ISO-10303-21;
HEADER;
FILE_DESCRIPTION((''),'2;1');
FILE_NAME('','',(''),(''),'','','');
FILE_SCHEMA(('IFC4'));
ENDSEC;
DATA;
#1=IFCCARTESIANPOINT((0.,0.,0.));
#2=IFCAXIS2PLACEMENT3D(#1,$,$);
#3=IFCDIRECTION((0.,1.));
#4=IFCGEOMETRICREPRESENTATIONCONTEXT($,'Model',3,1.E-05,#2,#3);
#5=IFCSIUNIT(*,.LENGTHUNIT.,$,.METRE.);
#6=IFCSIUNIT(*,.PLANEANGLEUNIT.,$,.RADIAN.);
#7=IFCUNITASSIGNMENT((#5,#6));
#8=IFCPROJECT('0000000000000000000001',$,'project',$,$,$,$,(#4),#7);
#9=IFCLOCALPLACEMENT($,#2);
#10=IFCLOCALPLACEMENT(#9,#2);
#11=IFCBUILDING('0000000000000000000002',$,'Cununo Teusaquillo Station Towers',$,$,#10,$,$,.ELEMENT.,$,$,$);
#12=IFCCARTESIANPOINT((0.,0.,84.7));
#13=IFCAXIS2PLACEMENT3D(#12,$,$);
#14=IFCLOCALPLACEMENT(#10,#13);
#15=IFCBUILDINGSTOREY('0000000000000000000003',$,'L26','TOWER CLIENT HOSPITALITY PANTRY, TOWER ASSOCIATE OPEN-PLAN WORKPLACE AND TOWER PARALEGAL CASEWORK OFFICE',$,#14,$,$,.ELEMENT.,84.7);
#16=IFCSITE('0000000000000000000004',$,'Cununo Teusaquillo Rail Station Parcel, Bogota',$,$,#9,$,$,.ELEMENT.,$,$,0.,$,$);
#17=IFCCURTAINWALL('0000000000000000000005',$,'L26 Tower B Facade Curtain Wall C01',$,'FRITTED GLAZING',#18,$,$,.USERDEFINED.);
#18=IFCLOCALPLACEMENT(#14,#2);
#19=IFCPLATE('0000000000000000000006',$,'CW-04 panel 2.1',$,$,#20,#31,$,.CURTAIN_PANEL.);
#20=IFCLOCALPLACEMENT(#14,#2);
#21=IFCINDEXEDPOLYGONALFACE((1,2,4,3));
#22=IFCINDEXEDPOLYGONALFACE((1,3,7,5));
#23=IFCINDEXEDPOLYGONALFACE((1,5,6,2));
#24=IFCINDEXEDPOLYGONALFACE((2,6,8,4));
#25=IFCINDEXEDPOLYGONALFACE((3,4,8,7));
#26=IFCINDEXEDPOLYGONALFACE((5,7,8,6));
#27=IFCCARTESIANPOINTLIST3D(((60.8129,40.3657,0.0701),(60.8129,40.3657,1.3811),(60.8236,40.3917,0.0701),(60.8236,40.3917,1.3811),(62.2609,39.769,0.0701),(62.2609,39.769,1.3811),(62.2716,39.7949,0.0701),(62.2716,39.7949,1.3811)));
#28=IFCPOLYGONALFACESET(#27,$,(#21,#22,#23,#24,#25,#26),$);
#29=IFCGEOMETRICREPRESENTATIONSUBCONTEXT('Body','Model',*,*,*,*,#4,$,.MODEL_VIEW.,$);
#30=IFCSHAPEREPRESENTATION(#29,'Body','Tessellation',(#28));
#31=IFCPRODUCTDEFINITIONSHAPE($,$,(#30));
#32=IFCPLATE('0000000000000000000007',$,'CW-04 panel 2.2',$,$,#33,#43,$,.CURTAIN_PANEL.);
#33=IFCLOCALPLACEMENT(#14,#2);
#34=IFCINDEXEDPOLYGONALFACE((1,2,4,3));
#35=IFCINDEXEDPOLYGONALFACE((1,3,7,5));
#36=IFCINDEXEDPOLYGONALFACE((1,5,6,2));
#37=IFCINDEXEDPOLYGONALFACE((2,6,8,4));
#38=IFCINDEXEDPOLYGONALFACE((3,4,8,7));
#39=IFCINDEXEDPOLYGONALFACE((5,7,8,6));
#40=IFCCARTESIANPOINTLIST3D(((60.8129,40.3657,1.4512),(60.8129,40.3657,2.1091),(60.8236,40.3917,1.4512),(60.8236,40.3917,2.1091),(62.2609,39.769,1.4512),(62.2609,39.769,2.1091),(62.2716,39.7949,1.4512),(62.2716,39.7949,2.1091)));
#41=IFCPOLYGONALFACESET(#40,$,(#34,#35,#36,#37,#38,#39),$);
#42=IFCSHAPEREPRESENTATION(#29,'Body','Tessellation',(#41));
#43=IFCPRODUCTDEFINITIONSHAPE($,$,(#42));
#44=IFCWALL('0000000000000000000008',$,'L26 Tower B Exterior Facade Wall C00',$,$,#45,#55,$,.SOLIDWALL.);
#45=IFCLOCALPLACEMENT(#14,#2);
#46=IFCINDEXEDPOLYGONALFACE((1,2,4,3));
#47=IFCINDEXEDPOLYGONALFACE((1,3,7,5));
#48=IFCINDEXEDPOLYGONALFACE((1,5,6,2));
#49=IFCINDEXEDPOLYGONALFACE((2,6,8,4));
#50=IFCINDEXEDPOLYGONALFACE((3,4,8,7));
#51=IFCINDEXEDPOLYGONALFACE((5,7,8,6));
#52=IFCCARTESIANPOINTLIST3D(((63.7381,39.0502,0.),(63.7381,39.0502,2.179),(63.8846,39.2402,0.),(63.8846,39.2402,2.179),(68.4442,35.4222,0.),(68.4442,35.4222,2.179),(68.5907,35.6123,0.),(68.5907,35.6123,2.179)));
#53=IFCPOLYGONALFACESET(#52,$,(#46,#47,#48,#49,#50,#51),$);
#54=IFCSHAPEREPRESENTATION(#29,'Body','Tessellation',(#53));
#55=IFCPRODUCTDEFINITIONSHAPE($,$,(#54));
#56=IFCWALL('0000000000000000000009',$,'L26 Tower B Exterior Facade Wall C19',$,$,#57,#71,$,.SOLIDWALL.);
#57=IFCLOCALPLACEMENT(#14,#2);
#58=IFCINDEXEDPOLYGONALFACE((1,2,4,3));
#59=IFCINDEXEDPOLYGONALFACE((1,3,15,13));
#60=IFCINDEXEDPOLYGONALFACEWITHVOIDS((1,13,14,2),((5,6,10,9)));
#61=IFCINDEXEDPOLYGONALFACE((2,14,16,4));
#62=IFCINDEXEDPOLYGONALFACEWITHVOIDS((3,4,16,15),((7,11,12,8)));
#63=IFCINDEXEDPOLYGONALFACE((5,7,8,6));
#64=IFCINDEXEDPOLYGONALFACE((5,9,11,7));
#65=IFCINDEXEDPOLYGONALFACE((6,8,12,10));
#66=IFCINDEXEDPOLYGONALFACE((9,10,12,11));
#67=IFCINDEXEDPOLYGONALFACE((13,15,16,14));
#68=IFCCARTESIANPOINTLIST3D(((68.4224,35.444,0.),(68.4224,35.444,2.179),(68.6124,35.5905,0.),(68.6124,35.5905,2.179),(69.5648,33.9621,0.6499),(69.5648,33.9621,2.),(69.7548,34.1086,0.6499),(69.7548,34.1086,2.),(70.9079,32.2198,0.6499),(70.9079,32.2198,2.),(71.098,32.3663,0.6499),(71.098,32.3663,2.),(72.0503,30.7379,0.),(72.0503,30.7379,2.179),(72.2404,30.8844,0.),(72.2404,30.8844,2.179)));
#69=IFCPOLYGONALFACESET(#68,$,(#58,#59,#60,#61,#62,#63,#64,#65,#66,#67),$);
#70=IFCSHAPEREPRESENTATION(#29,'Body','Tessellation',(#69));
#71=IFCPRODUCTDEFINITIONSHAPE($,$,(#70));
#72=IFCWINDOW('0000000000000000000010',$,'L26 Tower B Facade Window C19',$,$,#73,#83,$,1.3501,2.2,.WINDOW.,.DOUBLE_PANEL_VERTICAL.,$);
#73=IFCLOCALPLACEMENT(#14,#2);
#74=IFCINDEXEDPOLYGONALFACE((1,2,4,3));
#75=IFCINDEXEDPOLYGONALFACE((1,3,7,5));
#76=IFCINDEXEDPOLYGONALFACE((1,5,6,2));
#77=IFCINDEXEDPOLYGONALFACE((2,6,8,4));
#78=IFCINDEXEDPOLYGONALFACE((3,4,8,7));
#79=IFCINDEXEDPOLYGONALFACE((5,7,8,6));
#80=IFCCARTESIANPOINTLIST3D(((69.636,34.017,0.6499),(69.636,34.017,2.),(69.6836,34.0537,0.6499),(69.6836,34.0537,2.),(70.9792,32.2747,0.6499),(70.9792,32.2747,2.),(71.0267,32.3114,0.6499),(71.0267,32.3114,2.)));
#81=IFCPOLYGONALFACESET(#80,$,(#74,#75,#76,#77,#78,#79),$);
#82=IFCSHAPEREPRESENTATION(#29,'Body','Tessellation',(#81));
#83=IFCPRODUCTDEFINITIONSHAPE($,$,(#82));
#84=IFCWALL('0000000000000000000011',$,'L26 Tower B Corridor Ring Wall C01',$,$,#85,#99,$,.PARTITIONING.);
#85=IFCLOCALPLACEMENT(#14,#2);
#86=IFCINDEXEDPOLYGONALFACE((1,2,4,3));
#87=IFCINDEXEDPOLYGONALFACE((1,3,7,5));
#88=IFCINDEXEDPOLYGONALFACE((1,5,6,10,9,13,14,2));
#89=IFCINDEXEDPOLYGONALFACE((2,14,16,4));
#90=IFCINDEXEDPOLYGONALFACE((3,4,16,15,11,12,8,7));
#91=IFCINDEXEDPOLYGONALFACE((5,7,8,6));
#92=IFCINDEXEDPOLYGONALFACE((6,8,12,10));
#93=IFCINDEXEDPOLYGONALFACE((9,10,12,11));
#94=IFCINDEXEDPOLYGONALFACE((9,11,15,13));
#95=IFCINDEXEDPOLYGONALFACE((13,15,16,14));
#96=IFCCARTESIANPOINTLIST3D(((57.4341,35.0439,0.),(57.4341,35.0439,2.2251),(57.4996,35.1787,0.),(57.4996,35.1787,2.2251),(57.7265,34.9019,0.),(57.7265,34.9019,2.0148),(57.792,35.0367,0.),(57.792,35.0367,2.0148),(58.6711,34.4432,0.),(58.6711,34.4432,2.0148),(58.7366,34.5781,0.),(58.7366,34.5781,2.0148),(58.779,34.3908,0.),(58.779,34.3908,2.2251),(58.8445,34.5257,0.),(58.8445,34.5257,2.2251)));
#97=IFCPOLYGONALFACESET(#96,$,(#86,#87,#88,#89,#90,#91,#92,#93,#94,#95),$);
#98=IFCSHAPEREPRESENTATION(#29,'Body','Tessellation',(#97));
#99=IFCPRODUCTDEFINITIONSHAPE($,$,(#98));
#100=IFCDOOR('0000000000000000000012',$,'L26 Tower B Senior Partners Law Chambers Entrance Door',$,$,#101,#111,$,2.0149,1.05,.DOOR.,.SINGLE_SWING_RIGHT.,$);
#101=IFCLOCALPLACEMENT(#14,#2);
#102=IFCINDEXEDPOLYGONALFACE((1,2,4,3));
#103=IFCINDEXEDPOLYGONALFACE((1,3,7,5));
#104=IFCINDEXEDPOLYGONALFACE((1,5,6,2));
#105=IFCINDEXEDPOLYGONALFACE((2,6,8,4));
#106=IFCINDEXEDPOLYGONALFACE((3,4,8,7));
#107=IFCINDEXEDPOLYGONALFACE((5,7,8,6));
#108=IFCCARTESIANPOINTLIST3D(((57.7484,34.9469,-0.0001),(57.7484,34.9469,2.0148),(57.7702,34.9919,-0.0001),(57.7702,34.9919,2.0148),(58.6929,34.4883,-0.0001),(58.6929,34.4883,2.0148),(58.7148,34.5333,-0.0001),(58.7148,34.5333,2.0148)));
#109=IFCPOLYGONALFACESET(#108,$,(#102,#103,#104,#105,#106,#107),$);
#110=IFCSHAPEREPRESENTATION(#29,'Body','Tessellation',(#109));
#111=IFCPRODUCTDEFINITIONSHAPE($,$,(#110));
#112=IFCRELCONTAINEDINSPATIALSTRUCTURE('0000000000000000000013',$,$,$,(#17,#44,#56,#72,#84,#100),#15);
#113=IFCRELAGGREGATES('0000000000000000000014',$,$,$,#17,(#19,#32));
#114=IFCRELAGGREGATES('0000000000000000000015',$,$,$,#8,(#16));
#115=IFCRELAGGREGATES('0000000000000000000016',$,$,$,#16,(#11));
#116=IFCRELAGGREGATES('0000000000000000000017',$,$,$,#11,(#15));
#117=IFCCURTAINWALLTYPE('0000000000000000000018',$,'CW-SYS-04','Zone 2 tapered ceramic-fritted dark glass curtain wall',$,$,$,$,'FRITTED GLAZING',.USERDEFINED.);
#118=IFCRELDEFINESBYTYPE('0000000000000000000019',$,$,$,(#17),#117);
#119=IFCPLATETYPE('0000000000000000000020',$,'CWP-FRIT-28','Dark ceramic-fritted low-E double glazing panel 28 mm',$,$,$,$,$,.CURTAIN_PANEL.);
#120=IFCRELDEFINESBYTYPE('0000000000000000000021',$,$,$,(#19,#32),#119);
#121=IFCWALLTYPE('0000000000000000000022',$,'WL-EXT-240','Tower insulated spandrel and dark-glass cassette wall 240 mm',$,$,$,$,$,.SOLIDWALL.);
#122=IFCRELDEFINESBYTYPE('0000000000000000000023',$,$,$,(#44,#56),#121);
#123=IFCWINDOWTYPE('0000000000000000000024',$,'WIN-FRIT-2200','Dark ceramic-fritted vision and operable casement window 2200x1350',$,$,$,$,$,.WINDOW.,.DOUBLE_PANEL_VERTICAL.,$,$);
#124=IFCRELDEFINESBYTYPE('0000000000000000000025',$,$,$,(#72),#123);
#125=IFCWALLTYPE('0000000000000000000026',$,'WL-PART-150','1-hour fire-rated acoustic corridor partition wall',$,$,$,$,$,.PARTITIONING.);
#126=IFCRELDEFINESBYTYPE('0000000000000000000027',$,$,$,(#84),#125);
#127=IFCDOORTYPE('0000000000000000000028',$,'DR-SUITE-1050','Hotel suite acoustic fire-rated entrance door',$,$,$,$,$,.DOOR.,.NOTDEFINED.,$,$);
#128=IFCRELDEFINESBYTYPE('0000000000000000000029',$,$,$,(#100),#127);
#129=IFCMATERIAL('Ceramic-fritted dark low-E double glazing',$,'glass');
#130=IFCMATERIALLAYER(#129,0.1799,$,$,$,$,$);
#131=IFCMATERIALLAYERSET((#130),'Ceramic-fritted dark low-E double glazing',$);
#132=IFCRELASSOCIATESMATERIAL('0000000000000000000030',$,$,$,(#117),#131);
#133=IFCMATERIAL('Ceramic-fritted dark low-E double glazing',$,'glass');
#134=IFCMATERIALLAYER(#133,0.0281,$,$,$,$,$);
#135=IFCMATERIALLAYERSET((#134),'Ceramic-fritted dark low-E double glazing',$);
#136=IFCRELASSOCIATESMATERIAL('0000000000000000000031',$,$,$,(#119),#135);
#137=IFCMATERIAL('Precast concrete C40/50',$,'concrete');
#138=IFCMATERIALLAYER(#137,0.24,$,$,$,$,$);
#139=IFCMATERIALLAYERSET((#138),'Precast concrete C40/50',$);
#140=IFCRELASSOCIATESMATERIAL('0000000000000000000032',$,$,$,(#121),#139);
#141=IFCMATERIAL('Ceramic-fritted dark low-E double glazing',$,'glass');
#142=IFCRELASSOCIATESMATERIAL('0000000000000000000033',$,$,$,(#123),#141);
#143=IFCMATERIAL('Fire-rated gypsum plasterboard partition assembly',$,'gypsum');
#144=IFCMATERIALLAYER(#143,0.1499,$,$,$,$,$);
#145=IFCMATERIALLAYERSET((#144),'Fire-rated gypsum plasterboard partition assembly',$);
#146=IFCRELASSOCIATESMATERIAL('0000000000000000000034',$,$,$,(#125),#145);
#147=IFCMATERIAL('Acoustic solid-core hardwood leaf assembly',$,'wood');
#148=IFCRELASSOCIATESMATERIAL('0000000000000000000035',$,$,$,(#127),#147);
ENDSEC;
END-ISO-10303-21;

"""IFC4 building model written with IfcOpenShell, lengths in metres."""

from ifc_helpers import new_model, si_unit, direction, frame, frame_2d, origin, origin_2d, place, context, subcontext, project, spatial, rectangle, extrude, source, transform, mapped, material, layer, layer_set, type_object, element, fill, aggregate, save


model = new_model("IFC4")

# Units and contexts
model_context = context("Model", 3, precision=1e-05, world=origin(), true_north=direction((0.0, 1.0)))
body_context = subcontext(model_context, "Body", "Model", "MODEL_VIEW")
ifc_project = project(units=[si_unit("LENGTHUNIT", "METRE"), si_unit("PLANEANGLEUNIT", "RADIAN")], contexts=[model_context])

# Site, building, storey
site_placement = place(None, origin())
site = spatial("IfcSite", under=ifc_project, at=site_placement, Name="Cununo Teusaquillo Rail Station Parcel, Bogota", CompositionType="ELEMENT", RefElevation=0.0)
building_placement = place(site_placement, origin())
building = spatial("IfcBuilding", under=site, at=building_placement, Name="Cununo Teusaquillo Station Towers", CompositionType="ELEMENT")
storey_placement = place(building_placement, frame((0.0, 0.0, 84.7)))
storey = spatial("IfcBuildingStorey", under=building, at=storey_placement, Name="L26", Description="TOWER CLIENT HOSPITALITY PANTRY, TOWER ASSOCIATE OPEN-PLAN WORKPLACE AND TOWER PARALEGAL CASEWORK OFFICE", CompositionType="ELEMENT", Elevation=84.7)

# Curtain wall
ifc_material_1 = material(Name="Ceramic-fritted dark low-E double glazing", Category="glass")
ifc_layer_1 = layer(ifc_material_1, 0.1799)
ifc_layer_set_1 = layer_set([ifc_layer_1], Name="Ceramic-fritted dark low-E double glazing")
curtain_wall_type = type_object("IfcCurtainWallType", Name="CW-SYS-04", Description="Zone 2 tapered ceramic-fritted dark glass curtain wall", ElementType="FRITTED GLAZING", PredefinedType="USERDEFINED", material=ifc_layer_set_1)
curtain_wall_placement = place(storey_placement, origin())
curtain_wall = element("IfcCurtainWall", 1, at=curtain_wall_placement, inside=storey, type_object=curtain_wall_type, Name="L26 Tower B Facade Curtain Wall C01", ObjectType="FRITTED GLAZING", PredefinedType="USERDEFINED")

# Plates
ifc_material_2 = material(Name="Ceramic-fritted dark low-E double glazing", Category="glass")
ifc_layer_2 = layer(ifc_material_2, 0.0281)
ifc_layer_set_2 = layer_set([ifc_layer_2], Name="Ceramic-fritted dark low-E double glazing")
plate_type_1 = type_object("IfcPlateType", Name="CWP-FRIT-28", Description="Dark ceramic-fritted low-E double glazing panel 28 mm", PredefinedType="CURTAIN_PANEL", material=ifc_layer_set_2)
shared_shape_1 = source(origin(), body_context, "Body", "SweptSolid", [
    extrude(rectangle(XDim=1.5662, YDim=0.0281, at=origin_2d()), origin(), (0.0, 0.0, 1.0), 1.311),
])
plate_1_placement = place(storey_placement, frame((61.5422, 40.0803, 0.0701), z_axis=(0.0, 0.0, 1.0), x_axis=(0.924562, -0.381031, 0.0)))
plate_1 = element("IfcPlate", 2, at=plate_1_placement, type_object=plate_type_1, Name="CW-04 panel 2.1", PredefinedType="CURTAIN_PANEL", context=body_context, shape_type="MappedRepresentation", body=[
    mapped(shared_shape_1, transform((0.0, 0.0, 0.0), x_axis=(1.0, 0.0, 0.0), y_axis=(0.0, 1.0, 0.0), z_axis=(0.0, 0.0, 1.0), scale=1.0)),
])
shared_shape_2 = source(origin(), body_context, "Body", "SweptSolid", [
    extrude(rectangle(XDim=1.5662, YDim=0.0281, at=origin_2d()), origin(), (0.0, 0.0, 1.0), 0.658),
])
plate_2_placement = place(storey_placement, frame((61.5422, 40.0803, 1.4512), z_axis=(0.0, 0.0, 1.0), x_axis=(0.924562, -0.381031, 0.0)))
plate_2 = element("IfcPlate", 3, at=plate_2_placement, type_object=plate_type_1, Name="CW-04 panel 2.2", PredefinedType="CURTAIN_PANEL", context=body_context, shape_type="MappedRepresentation", body=[
    mapped(shared_shape_2, transform((0.0, 0.0, 0.0), x_axis=(1.0, 0.0, 0.0), y_axis=(0.0, 1.0, 0.0), z_axis=(0.0, 0.0, 1.0), scale=1.0)),
])
aggregate(curtain_wall, [plate_1, plate_2])

# Wall
ifc_material_3 = material(Name="Precast concrete C40/50", Category="concrete")
ifc_layer_3 = layer(ifc_material_3, 0.24)
ifc_layer_set_3 = layer_set([ifc_layer_3], Name="Precast concrete C40/50")
wall_type_1 = type_object("IfcWallType", Name="WL-EXT-240", Description="Tower insulated spandrel and dark-glass cassette wall 240 mm", PredefinedType="SOLIDWALL", material=ifc_layer_set_3)
wall_1_placement = place(storey_placement, frame((63.8113, 39.1453, 0.0), z_axis=(0.0, 0.0, 1.0), x_axis=(0.791982, -0.610544, 0.0)))
element("IfcWall", 4, at=wall_1_placement, inside=storey, type_object=wall_type_1, Name="L26 Tower B Exterior Facade Wall C00", PredefinedType="SOLIDWALL", context=body_context, shape_type="SweptSolid", body=[
    extrude(rectangle(XDim=5.9421, YDim=0.24, at=frame_2d((2.9712, 0.0))), origin(), (0.0, 0.0, 1.0), 2.179),
])

# Wall, opening, window
wall_2_placement = place(storey_placement, frame((68.5173, 35.5173, 0.0), z_axis=(0.0, 0.0, 1.0), x_axis=(0.610544, -0.791982, 0.0)))
wall_2 = element("IfcWall", 5, at=wall_2_placement, inside=storey, type_object=wall_type_1, Name="L26 Tower B Exterior Facade Wall C19", PredefinedType="SOLIDWALL", context=body_context, shape_type="SweptSolid", body=[
    extrude(rectangle(XDim=5.9421, YDim=0.24, at=frame_2d((2.9712, 0.0))), origin(), (0.0, 0.0, 1.0), 2.179),
])
shared_shape_3 = source(origin(), body_context, "Body", "SweptSolid", [
    extrude(rectangle(XDim=2.2, YDim=1.3501, at=frame_2d((1.1001, 0.675))), frame((0.0, 0.1299, 0.0), z_axis=(0.0, -1.0, 0.0), x_axis=(1.0, 0.0, 0.0)), (0.0, 0.0, 1.0), 0.26),
])
opening_1_placement = place(wall_2_placement, frame((1.8711, 0.0, 0.6499)))
opening_1 = element("IfcOpeningElement", 6, at=opening_1_placement, cuts=wall_2, PredefinedType="OPENING", context=body_context, shape_type="MappedRepresentation", body=[
    mapped(shared_shape_3, transform((0.0, 0.0, 0.0), x_axis=(1.0, 0.0, 0.0), y_axis=(0.0, 1.0, 0.0), z_axis=(0.0, 0.0, 1.0), scale=1.0)),
])
ifc_material_4 = material(Name="Ceramic-fritted dark low-E double glazing", Category="glass")
window_type = type_object("IfcWindowType", Name="WIN-FRIT-2200", Description="Dark ceramic-fritted vision and operable casement window 2200x1350", PartitioningType="DOUBLE_PANEL_VERTICAL", PredefinedType="WINDOW", material=ifc_material_4)
shared_shape_4 = source(origin(), body_context, "Body", "SweptSolid", [
    extrude(rectangle(XDim=2.2, YDim=1.3501, at=frame_2d((1.1001, 0.675))), frame((0.0, 0.03, 0.0), z_axis=(0.0, -1.0, 0.0), x_axis=(1.0, 0.0, 0.0)), (0.0, 0.0, 1.0), 0.0601),
])
window_placement = place(opening_1_placement, origin())
window = element("IfcWindow", 7, at=window_placement, inside=storey, type_object=window_type, Name="L26 Tower B Facade Window C19", OverallHeight=1.3501, OverallWidth=2.2, PartitioningType="DOUBLE_PANEL_VERTICAL", PredefinedType="WINDOW", context=body_context, shape_type="MappedRepresentation", body=[
    mapped(shared_shape_4, transform((0.0, 0.0, 0.0), x_axis=(1.0, 0.0, 0.0), y_axis=(0.0, 1.0, 0.0), z_axis=(0.0, 0.0, 1.0), scale=1.0)),
])
fill(opening_1, window)

# Wall, opening, door
ifc_material_5 = material(Name="Fire-rated gypsum plasterboard partition assembly", Category="gypsum")
ifc_layer_4 = layer(ifc_material_5, 0.1499)
ifc_layer_set_4 = layer_set([ifc_layer_4], Name="Fire-rated gypsum plasterboard partition assembly")
wall_type_2 = type_object("IfcWallType", Name="WL-PART-150", Description="1-hour fire-rated acoustic corridor partition wall", PredefinedType="PARTITIONING", material=ifc_layer_set_4)
wall_3_placement = place(storey_placement, frame((58.8118, 34.4583, 0.0), z_axis=(0.0, 0.0, 1.0), x_axis=(-0.899559, 0.436798, 0.0)))
wall_3 = element("IfcWall", 8, at=wall_3_placement, inside=storey, type_object=wall_type_2, Name="L26 Tower B Corridor Ring Wall C01", PredefinedType="PARTITIONING", context=body_context, shape_type="SweptSolid", body=[
    extrude(rectangle(XDim=1.4951, YDim=0.1499, at=frame_2d((0.7476, 0.0))), origin(), (0.0, 0.0, 1.0), 2.2251),
])
shared_shape_5 = source(origin(), body_context, "Body", "SweptSolid", [
    extrude(rectangle(XDim=1.05, YDim=2.0149, at=frame_2d((0.5249, 1.0073))), frame((0.0, 0.085, 0.0), z_axis=(0.0, -1.0, 0.0), x_axis=(1.0, 0.0, 0.0)), (0.0, 0.0, 1.0), 0.1699),
])
opening_2_placement = place(wall_3_placement, frame((0.1201, 0.0, 0.0)))
opening_2 = element("IfcOpeningElement", 9, at=opening_2_placement, cuts=wall_3, PredefinedType="OPENING", context=body_context, shape_type="MappedRepresentation", body=[
    mapped(shared_shape_5, transform((0.0, 0.0, 0.0), x_axis=(1.0, 0.0, 0.0), y_axis=(0.0, 1.0, 0.0), z_axis=(0.0, 0.0, 1.0), scale=1.0)),
])
ifc_material_6 = material(Name="Acoustic solid-core hardwood leaf assembly", Category="wood")
door_type = type_object("IfcDoorType", Name="DR-SUITE-1050", Description="Hotel suite acoustic fire-rated entrance door", OperationType="NOTDEFINED", PredefinedType="DOOR", material=ifc_material_6)
shared_shape_6 = source(origin(), body_context, "Body", "SweptSolid", [
    extrude(rectangle(XDim=1.05, YDim=2.0149, at=frame_2d((0.5249, 1.0073))), frame((0.0, 0.0249, 0.0), z_axis=(0.0, -1.0, 0.0), x_axis=(1.0, 0.0, 0.0)), (0.0, 0.0, 1.0), 0.05),
])
door_placement = place(opening_2_placement, origin())
door = element("IfcDoor", 10, at=door_placement, inside=storey, type_object=door_type, Name="L26 Tower B Senior Partners Law Chambers Entrance Door", OperationType="SINGLE_SWING_RIGHT", OverallHeight=2.0149, OverallWidth=1.05, PredefinedType="DOOR", context=body_context, shape_type="MappedRepresentation", body=[
    mapped(shared_shape_6, transform((0.0, 0.0, 0.0), x_axis=(1.0, 0.0, 0.0), y_axis=(0.0, 1.0, 0.0), z_axis=(0.0, 0.0, 1.0), scale=1.0)),
])
fill(opening_2, door)

save(model, "model.ifc")
